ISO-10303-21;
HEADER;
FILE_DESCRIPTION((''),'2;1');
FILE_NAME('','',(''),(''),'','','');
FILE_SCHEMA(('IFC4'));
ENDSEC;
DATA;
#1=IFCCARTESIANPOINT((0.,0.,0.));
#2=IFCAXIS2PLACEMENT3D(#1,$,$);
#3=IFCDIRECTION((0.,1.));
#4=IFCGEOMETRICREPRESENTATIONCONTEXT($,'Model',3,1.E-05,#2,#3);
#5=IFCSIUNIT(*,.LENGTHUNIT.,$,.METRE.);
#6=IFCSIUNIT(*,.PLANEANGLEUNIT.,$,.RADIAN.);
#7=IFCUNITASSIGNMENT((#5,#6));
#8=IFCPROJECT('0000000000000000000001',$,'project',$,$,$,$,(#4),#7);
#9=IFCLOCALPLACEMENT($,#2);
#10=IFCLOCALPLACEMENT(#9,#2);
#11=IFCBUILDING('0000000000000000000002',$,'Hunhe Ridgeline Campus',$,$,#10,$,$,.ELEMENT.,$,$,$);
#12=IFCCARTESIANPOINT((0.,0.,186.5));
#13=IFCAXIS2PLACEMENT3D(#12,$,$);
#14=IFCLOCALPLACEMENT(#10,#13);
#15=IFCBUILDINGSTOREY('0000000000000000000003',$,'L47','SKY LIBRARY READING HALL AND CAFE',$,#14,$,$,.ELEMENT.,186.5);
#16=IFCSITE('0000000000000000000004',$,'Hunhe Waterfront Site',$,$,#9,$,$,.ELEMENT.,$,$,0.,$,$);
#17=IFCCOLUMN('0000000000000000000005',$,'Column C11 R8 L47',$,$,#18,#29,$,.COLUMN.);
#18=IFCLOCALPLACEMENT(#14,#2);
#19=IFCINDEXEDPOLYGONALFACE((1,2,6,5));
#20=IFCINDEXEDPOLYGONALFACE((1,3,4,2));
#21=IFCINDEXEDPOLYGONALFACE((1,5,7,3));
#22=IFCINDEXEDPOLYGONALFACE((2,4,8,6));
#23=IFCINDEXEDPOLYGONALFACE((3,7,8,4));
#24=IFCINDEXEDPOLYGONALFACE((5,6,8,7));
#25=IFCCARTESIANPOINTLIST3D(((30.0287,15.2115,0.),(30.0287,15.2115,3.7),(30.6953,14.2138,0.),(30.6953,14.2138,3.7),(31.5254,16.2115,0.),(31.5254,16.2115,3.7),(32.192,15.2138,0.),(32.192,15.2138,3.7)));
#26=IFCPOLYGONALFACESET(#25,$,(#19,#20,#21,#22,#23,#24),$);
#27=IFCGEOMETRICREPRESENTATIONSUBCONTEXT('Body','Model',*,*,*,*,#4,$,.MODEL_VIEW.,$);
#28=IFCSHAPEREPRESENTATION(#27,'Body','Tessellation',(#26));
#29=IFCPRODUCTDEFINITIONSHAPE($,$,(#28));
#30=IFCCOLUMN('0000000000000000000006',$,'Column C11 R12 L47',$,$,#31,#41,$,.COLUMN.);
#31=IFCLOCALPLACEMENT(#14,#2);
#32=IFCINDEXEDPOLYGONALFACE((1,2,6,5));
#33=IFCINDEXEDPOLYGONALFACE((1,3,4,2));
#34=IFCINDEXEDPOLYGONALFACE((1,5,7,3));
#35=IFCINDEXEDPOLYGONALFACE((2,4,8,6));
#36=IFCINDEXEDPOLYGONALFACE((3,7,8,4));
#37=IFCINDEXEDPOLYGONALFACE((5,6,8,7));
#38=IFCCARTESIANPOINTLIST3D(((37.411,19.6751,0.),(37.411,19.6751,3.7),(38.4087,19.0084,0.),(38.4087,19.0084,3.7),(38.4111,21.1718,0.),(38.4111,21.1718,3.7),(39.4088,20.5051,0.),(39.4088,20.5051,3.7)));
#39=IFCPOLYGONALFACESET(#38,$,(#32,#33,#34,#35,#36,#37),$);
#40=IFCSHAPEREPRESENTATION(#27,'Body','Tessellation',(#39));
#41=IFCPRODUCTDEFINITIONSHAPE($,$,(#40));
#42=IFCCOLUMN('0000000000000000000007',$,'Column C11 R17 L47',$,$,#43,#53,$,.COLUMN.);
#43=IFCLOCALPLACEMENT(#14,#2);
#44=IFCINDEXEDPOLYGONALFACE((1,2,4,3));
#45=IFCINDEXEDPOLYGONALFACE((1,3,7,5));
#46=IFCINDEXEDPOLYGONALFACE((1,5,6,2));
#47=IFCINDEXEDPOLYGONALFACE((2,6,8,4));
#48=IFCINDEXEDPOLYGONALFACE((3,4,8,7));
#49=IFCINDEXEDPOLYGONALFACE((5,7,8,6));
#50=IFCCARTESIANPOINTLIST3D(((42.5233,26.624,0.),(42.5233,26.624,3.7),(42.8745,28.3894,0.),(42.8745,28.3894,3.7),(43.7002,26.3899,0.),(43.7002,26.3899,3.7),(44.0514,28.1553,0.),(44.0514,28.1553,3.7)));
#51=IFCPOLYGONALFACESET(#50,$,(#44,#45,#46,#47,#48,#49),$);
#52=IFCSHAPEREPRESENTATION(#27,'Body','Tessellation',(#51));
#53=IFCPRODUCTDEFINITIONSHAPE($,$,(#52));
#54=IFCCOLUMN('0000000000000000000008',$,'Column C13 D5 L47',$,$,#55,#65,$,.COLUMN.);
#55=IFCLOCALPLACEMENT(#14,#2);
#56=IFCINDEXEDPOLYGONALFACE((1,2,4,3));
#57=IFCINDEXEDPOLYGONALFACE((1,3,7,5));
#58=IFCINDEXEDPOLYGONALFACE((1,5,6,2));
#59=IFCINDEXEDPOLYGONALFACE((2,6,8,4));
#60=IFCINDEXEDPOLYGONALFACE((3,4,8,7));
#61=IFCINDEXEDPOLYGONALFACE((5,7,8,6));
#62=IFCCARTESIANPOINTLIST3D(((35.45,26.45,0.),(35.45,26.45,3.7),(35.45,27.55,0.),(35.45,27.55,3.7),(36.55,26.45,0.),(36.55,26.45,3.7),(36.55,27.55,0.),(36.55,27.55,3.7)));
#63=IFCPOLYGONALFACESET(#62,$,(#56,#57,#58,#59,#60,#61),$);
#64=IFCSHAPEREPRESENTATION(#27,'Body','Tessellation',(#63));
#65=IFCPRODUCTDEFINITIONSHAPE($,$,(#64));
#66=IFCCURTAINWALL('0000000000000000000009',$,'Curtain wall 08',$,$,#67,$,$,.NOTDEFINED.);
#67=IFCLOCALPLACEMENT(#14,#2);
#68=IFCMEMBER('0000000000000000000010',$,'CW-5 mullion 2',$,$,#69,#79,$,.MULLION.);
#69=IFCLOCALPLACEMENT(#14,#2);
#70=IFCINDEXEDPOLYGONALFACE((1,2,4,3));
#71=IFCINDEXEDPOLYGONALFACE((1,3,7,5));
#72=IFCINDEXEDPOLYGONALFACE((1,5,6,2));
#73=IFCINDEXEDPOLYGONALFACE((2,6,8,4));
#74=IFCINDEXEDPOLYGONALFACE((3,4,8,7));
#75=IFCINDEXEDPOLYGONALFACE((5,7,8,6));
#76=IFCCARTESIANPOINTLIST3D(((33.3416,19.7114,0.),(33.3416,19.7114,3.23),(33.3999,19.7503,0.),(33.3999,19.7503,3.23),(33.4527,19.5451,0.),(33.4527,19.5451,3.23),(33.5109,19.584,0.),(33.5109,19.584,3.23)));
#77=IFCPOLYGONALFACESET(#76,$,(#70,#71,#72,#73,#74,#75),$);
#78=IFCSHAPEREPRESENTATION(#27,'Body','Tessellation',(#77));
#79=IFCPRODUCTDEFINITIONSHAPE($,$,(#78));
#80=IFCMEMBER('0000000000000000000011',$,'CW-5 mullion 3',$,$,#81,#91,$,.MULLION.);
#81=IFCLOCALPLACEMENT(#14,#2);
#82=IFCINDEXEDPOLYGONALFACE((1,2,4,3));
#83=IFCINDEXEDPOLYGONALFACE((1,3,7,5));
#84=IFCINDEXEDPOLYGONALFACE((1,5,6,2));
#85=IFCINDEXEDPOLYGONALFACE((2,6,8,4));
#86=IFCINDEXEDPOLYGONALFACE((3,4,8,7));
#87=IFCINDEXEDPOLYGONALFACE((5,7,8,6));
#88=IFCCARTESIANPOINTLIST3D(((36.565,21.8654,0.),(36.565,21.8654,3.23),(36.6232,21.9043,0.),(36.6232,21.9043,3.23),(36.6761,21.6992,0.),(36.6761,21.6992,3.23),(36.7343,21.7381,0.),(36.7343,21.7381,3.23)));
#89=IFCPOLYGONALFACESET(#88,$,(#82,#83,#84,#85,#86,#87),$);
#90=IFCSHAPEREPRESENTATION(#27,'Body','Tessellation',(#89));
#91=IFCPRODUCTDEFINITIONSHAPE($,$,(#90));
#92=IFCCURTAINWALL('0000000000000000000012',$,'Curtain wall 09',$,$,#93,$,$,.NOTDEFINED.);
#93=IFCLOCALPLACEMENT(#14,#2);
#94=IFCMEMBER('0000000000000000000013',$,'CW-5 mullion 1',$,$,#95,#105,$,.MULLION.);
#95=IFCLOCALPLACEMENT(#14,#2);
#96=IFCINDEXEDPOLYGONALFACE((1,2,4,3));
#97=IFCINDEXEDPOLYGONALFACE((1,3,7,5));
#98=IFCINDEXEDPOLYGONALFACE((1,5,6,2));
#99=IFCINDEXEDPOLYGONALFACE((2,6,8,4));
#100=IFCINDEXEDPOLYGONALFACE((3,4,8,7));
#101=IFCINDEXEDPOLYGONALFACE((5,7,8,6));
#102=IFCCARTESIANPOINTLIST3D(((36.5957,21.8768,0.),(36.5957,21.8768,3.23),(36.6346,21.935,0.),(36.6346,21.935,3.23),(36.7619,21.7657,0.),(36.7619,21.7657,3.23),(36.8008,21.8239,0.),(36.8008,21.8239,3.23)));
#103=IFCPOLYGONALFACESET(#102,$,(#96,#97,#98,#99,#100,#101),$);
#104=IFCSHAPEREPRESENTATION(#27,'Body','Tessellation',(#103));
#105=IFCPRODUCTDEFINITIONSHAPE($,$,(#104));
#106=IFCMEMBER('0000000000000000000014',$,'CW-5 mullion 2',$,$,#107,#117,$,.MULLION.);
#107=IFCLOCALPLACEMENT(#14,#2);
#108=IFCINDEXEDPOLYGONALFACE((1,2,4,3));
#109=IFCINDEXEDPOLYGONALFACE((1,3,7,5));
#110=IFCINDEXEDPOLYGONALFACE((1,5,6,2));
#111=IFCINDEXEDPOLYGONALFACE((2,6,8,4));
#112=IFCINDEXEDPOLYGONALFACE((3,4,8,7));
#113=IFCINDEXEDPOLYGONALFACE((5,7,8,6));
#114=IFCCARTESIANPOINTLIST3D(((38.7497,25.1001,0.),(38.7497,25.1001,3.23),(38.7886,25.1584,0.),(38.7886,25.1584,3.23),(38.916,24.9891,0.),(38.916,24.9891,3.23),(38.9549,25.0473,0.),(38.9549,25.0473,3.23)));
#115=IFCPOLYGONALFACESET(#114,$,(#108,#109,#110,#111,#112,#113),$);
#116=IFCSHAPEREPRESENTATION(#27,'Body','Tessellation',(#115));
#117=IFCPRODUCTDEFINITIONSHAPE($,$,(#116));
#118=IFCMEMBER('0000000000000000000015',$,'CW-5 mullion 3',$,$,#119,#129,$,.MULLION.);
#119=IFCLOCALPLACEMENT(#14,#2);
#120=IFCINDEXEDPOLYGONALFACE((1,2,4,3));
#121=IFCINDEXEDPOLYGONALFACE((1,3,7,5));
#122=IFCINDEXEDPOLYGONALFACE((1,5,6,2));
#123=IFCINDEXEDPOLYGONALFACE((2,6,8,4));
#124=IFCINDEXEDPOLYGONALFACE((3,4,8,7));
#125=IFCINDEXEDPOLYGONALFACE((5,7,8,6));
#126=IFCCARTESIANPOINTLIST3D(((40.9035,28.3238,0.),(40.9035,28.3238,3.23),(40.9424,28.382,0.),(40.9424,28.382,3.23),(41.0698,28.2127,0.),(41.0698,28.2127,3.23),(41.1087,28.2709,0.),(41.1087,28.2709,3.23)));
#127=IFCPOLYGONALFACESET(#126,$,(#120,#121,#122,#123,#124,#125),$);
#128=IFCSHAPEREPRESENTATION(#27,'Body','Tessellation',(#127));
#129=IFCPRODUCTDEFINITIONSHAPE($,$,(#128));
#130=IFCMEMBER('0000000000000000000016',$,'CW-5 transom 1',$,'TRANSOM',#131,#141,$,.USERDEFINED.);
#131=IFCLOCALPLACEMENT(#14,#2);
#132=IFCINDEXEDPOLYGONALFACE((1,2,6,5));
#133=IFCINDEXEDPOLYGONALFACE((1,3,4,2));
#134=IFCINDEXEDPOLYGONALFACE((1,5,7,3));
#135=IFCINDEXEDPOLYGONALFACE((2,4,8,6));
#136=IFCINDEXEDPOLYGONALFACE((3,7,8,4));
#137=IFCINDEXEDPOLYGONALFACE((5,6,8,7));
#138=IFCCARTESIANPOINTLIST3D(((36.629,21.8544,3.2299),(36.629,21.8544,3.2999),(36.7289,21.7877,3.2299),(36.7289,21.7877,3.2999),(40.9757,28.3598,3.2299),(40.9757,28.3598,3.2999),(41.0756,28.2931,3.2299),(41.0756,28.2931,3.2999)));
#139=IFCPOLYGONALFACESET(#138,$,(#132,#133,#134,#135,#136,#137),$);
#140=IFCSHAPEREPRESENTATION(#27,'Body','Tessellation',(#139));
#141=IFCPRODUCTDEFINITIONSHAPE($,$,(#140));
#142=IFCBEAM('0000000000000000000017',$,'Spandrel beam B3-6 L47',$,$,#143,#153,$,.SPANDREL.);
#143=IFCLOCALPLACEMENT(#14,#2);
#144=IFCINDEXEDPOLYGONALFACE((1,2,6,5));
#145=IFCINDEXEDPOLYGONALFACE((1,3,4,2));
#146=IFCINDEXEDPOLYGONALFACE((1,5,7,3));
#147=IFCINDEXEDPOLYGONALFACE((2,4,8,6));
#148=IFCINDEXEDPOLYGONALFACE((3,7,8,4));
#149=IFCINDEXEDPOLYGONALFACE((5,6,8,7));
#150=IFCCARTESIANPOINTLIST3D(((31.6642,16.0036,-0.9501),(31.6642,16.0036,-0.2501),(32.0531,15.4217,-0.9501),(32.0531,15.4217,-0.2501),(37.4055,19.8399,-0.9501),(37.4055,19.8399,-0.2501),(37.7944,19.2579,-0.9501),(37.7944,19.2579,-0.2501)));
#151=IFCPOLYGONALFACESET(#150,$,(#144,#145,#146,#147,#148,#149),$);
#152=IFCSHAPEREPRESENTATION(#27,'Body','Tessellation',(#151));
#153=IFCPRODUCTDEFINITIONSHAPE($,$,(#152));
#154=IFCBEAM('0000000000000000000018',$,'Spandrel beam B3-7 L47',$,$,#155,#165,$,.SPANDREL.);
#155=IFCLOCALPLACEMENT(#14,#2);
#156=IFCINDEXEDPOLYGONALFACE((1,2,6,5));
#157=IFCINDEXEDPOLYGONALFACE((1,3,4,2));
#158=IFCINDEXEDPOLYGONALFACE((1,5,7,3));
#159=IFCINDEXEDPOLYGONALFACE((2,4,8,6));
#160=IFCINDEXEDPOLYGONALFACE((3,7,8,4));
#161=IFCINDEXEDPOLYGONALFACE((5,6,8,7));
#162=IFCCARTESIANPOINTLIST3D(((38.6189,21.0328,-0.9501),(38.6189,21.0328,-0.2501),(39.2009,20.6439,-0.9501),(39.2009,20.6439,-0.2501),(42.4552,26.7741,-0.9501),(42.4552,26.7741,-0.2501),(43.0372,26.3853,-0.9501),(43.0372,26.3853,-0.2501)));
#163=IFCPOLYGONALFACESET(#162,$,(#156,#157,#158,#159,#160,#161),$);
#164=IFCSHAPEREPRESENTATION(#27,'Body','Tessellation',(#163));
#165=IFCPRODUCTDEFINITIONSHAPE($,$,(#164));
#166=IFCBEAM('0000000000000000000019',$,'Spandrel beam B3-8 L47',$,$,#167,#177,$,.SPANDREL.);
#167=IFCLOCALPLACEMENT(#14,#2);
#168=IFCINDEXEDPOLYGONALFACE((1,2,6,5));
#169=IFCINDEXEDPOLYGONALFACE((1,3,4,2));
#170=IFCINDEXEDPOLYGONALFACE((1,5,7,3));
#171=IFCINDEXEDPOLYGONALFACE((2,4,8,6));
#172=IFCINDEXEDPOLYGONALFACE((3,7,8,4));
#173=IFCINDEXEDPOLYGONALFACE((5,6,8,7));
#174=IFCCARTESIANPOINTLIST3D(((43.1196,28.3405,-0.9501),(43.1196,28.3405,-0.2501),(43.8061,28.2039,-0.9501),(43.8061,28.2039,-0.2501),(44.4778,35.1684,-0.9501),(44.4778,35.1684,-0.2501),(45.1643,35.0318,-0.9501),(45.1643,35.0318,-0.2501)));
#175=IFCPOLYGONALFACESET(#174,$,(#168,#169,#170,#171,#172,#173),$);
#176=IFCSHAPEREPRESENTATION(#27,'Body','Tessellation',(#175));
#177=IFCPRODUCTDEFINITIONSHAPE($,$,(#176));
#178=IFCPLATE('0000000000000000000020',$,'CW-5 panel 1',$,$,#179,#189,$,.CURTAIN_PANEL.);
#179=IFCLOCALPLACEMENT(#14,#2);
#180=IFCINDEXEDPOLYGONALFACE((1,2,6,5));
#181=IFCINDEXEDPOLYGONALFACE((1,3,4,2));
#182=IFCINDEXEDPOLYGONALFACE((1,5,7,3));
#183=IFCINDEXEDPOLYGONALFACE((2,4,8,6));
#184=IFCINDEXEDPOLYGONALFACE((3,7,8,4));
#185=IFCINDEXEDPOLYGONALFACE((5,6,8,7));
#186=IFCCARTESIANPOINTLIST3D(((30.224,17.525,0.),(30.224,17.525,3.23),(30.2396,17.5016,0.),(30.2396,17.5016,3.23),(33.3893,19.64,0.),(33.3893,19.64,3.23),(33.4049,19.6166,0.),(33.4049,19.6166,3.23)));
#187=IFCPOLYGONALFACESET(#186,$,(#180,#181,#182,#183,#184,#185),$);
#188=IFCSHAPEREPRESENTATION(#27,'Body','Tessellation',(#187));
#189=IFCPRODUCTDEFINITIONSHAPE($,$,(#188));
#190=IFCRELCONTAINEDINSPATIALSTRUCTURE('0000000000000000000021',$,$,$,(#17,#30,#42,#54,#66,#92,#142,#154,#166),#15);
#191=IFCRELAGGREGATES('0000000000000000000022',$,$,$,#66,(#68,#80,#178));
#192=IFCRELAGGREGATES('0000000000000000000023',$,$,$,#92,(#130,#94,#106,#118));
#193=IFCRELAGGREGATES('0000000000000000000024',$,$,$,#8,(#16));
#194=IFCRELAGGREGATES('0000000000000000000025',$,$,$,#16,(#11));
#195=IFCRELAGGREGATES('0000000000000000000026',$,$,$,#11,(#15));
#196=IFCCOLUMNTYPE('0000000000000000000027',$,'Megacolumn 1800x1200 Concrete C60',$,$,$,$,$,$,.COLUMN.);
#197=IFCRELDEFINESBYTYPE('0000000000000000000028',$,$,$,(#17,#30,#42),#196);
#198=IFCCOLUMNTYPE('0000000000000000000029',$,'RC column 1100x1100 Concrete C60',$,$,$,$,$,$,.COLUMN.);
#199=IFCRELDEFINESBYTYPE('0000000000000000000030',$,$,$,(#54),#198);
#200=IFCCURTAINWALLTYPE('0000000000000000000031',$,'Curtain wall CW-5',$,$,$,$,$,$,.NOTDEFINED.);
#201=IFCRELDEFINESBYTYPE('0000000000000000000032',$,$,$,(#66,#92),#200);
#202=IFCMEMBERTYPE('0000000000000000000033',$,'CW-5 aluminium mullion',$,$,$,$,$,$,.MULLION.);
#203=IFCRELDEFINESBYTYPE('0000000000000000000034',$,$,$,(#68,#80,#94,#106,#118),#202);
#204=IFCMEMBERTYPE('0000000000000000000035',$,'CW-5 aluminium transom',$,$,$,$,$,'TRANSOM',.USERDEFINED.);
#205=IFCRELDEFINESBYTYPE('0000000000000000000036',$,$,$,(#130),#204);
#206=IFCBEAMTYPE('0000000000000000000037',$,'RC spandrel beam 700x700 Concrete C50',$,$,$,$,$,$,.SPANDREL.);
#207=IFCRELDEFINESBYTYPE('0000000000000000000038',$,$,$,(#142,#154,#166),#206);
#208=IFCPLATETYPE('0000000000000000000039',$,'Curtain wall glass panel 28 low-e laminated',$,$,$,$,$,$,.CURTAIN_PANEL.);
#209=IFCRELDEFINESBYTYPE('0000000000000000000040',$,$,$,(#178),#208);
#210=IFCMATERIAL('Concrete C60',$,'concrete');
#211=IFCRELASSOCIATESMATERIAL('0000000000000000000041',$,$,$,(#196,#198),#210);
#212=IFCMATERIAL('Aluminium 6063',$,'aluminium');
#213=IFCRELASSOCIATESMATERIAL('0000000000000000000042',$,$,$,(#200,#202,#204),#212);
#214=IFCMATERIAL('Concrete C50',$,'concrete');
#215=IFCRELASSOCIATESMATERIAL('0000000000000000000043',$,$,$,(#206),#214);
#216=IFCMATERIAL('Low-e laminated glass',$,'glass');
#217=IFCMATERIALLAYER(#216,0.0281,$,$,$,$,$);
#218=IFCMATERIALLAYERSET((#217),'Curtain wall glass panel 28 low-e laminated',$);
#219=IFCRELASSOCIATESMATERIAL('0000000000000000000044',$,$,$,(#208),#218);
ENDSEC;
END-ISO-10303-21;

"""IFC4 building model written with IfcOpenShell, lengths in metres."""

from ifc_helpers import new_model, si_unit, direction, frame, origin, origin_2d, place, context, subcontext, project, spatial, rectangle, extrude, material, layer, layer_set, material_profile, profile_set, type_object, element, aggregate, save


model = new_model("IFC4")

# Units and contexts
model_context = context("Model", 3, precision=1e-05, world=origin(), true_north=direction((0.0, 1.0)))
body_context = subcontext(model_context, "Body", "Model", "MODEL_VIEW")
ifc_project = project(units=[si_unit("LENGTHUNIT", "METRE"), si_unit("PLANEANGLEUNIT", "RADIAN")], contexts=[model_context])

# Site, building, storey
site_placement = place(None, origin())
site = spatial("IfcSite", under=ifc_project, at=site_placement, Name="Hunhe Waterfront Site", CompositionType="ELEMENT", RefElevation=0.0)
building_placement = place(site_placement, origin())
building = spatial("IfcBuilding", under=site, at=building_placement, Name="Hunhe Ridgeline Campus", CompositionType="ELEMENT")
storey_placement = place(building_placement, frame((0.0, 0.0, 186.5)))
storey = spatial("IfcBuildingStorey", under=building, at=storey_placement, Name="L47", Description="SKY LIBRARY READING HALL AND CAFE", CompositionType="ELEMENT", Elevation=186.5)

# Columns
ifc_material_1 = material(Name="Concrete C60", Category="concrete")
ifc_material_profile_1 = material_profile(ifc_material_1, rectangle(XDim=1.8, YDim=1.2, at=origin_2d()))
ifc_profile_set_1 = profile_set([ifc_material_profile_1], Name="Concrete C60")
column_type_1 = type_object("IfcColumnType", Name="Megacolumn 1800x1200 Concrete C60", PredefinedType="COLUMN", material=ifc_profile_set_1)
for number, where, z_axis, x_axis, name in (
    (1, (31.1104, 15.2126, 0.0), (0.0, 0.0, 1.0), (0.83147, 0.55557, 0.0), "Column C11 R8 L47"),
    (2, (38.4099, 20.0901, 0.0), (0.0, 0.0, 1.0), (0.55557, 0.83147, 0.0), "Column C11 R12 L47"),
    (3, (43.2874, 27.3896, 0.0), (0.0, 0.0, 1.0), (0.19509, 0.980785, 0.0), "Column C11 R17 L47"),
):
    element("IfcColumn", number, at=place(storey_placement, frame(where, z_axis=z_axis, x_axis=x_axis)), inside=storey, type_object=column_type_1, Name=name, PredefinedType="COLUMN", context=body_context, shape_type="SweptSolid", body=[
        extrude(rectangle(XDim=1.8, YDim=1.2, at=origin_2d()), origin(), (0.0, 0.0, 1.0), 3.7),
    ])
ifc_material_profile_2 = material_profile(ifc_material_1, rectangle(XDim=1.1001, YDim=1.1001, at=origin_2d()))
ifc_profile_set_2 = profile_set([ifc_material_profile_2], Name="Concrete C60")
column_type_2 = type_object("IfcColumnType", Name="RC column 1100x1100 Concrete C60", PredefinedType="COLUMN", material=ifc_profile_set_2)
column_placement = place(storey_placement, frame((36.0, 27.0, 0.0), z_axis=(0.0, 0.0, 1.0), x_axis=(1.0, 0.0, 0.0)))
element("IfcColumn", 4, at=column_placement, inside=storey, type_object=column_type_2, Name="Column C13 D5 L47", PredefinedType="COLUMN", context=body_context, shape_type="SweptSolid", body=[
    extrude(rectangle(XDim=1.1001, YDim=1.1001, at=origin_2d()), origin(), (0.0, 0.0, 1.0), 3.7),
])

# Curtain walls, members
ifc_material_2 = material(Name="Aluminium 6063", Category="aluminium")
curtain_wall_type = type_object("IfcCurtainWallType", Name="Curtain wall CW-5", PredefinedType="NOTDEFINED", material=ifc_material_2)
curtain_wall_1_placement = place(storey_placement, origin())
curtain_wall_1 = element("IfcCurtainWall", 5, at=curtain_wall_1_placement, inside=storey, type_object=curtain_wall_type, Name="Curtain wall 08", PredefinedType="NOTDEFINED")
ifc_material_profile_3 = material_profile(ifc_material_2, rectangle(XDim=0.2, YDim=0.0701, at=origin_2d()))
ifc_profile_set_3 = profile_set([ifc_material_profile_3], Name="Aluminium 6063")
member_type_1 = type_object("IfcMemberType", Name="CW-5 aluminium mullion", PredefinedType="MULLION", material=ifc_profile_set_3)
member_1_placement = place(storey_placement, frame((33.4263, 19.6477, 0.0), z_axis=(0.0, 0.0, 1.0), x_axis=(-0.55557, 0.83147, 0.0)))
member_1 = element("IfcMember", 6, at=member_1_placement, type_object=member_type_1, Name="CW-5 mullion 2", PredefinedType="MULLION", context=body_context, shape_type="SweptSolid", body=[
    extrude(rectangle(XDim=0.2, YDim=0.0701, at=origin_2d()), origin(), (0.0, 0.0, 1.0), 3.23),
])
member_2_placement = place(storey_placement, frame((36.6497, 21.8018, 0.0), z_axis=(0.0, 0.0, 1.0), x_axis=(-0.55557, 0.83147, 0.0)))
member_2 = element("IfcMember", 7, at=member_2_placement, type_object=member_type_1, Name="CW-5 mullion 3", PredefinedType="MULLION", context=body_context, shape_type="SweptSolid", body=[
    extrude(rectangle(XDim=0.2, YDim=0.0701, at=origin_2d()), origin(), (0.0, 0.0, 1.0), 3.23),
])
curtain_wall_2_placement = place(storey_placement, origin())
curtain_wall_2 = element("IfcCurtainWall", 8, at=curtain_wall_2_placement, inside=storey, type_object=curtain_wall_type, Name="Curtain wall 09", PredefinedType="NOTDEFINED")
member_3_placement = place(storey_placement, frame((36.6982, 21.8503, 0.0), z_axis=(0.0, 0.0, 1.0), x_axis=(-0.83147, 0.55557, 0.0)))
member_3 = element("IfcMember", 9, at=member_3_placement, type_object=member_type_1, Name="CW-5 mullion 1", PredefinedType="MULLION", context=body_context, shape_type="SweptSolid", body=[
    extrude(rectangle(XDim=0.2, YDim=0.0701, at=origin_2d()), origin(), (0.0, 0.0, 1.0), 3.23),
])
member_4_placement = place(storey_placement, frame((38.8523, 25.0737, 0.0), z_axis=(0.0, 0.0, 1.0), x_axis=(-0.83147, 0.55557, 0.0)))
member_4 = element("IfcMember", 10, at=member_4_placement, type_object=member_type_1, Name="CW-5 mullion 2", PredefinedType="MULLION", context=body_context, shape_type="SweptSolid", body=[
    extrude(rectangle(XDim=0.2, YDim=0.0701, at=origin_2d()), origin(), (0.0, 0.0, 1.0), 3.23),
])
member_5_placement = place(storey_placement, frame((41.0061, 28.2974, 0.0), z_axis=(0.0, 0.0, 1.0), x_axis=(-0.83147, 0.55557, 0.0)))
member_5 = element("IfcMember", 11, at=member_5_placement, type_object=member_type_1, Name="CW-5 mullion 3", PredefinedType="MULLION", context=body_context, shape_type="SweptSolid", body=[
    extrude(rectangle(XDim=0.2, YDim=0.0701, at=origin_2d()), origin(), (0.0, 0.0, 1.0), 3.23),
])
ifc_material_profile_4 = material_profile(ifc_material_2, rectangle(XDim=0.1201, YDim=0.0701, at=origin_2d()))
ifc_profile_set_4 = profile_set([ifc_material_profile_4], Name="Aluminium 6063")
member_type_2 = type_object("IfcMemberType", Name="CW-5 aluminium transom", ElementType="TRANSOM", PredefinedType="USERDEFINED", material=ifc_profile_set_4)
member_6_placement = place(storey_placement, frame((36.679, 21.821, 3.2649), z_axis=(0.555564, 0.831474, 0.0), x_axis=(-0.831474, 0.555564, 0.0)))
member_6 = element("IfcMember", 12, at=member_6_placement, type_object=member_type_2, Name="CW-5 transom 1", ObjectType="TRANSOM", PredefinedType="USERDEFINED", context=body_context, shape_type="SweptSolid", body=[
    extrude(rectangle(XDim=0.1201, YDim=0.0701, at=origin_2d()), origin(), (0.0, 0.0, 1.0), 7.824),
])

# Beams
ifc_material_3 = material(Name="Concrete C50", Category="concrete")
ifc_material_profile_5 = material_profile(ifc_material_3, rectangle(XDim=0.7, YDim=0.7, at=origin_2d()))
ifc_profile_set_5 = profile_set([ifc_material_profile_5], Name="Concrete C50")
beam_type = type_object("IfcBeamType", Name="RC spandrel beam 700x700 Concrete C50", PredefinedType="SPANDREL", material=ifc_profile_set_5)
for number, where, z_axis, x_axis, name in (
    (13, (31.8586, 15.7126, -0.6001), (0.831468, 0.555573, 0.0), (-0.555573, 0.831468, 0.0), "Spandrel beam B3-6 L47"),
    (14, (38.9099, 20.8384, -0.6001), (0.555573, 0.831468, 0.0), (-0.831468, 0.555573, 0.0), "Spandrel beam B3-7 L47"),
):
    element("IfcBeam", number, at=place(storey_placement, frame(where, z_axis=z_axis, x_axis=x_axis)), inside=storey, type_object=beam_type, Name=name, PredefinedType="SPANDREL", context=body_context, shape_type="SweptSolid", body=[
        extrude(rectangle(XDim=0.7, YDim=0.7, at=origin_2d()), origin(), (0.0, 0.0, 1.0), 6.905),
    ])
beam_placement = place(storey_placement, frame((43.4629, 28.2722, -0.6001), z_axis=(0.195091, 0.980785, 0.0), x_axis=(-0.980785, 0.195091, 0.0)))
element("IfcBeam", 15, at=beam_placement, inside=storey, type_object=beam_type, Name="Spandrel beam B3-8 L47", PredefinedType="SPANDREL", context=body_context, shape_type="SweptSolid", body=[
    extrude(rectangle(XDim=0.7, YDim=0.7, at=origin_2d()), origin(), (0.0, 0.0, 1.0), 6.9617),
])

# Plate
ifc_material_4 = material(Name="Low-e laminated glass", Category="glass")
ifc_layer_1 = layer(ifc_material_4, 0.0281)
ifc_layer_set_1 = layer_set([ifc_layer_1], Name="Curtain wall glass panel 28 low-e laminated")
plate_type = type_object("IfcPlateType", Name="Curtain wall glass panel 28 low-e laminated", PredefinedType="CURTAIN_PANEL", material=ifc_layer_set_1)
plate_1_placement = place(storey_placement, frame((31.8145, 18.5708, 0.0), z_axis=(0.0, 0.0, 1.0), x_axis=(0.83147, 0.55557, 0.0)))
plate_1 = element("IfcPlate", 16, at=plate_1_placement, type_object=plate_type, Name="CW-5 panel 1", PredefinedType="CURTAIN_PANEL", context=body_context, shape_type="SweptSolid", body=[
    extrude(rectangle(XDim=3.8069, YDim=0.0281, at=origin_2d()), origin(), (0.0, 0.0, 1.0), 3.23),
])
aggregate(curtain_wall_1, [member_1, member_2, plate_1])
aggregate(curtain_wall_2, [member_6, member_3, member_4, member_5])

save(model, "model.ifc")
